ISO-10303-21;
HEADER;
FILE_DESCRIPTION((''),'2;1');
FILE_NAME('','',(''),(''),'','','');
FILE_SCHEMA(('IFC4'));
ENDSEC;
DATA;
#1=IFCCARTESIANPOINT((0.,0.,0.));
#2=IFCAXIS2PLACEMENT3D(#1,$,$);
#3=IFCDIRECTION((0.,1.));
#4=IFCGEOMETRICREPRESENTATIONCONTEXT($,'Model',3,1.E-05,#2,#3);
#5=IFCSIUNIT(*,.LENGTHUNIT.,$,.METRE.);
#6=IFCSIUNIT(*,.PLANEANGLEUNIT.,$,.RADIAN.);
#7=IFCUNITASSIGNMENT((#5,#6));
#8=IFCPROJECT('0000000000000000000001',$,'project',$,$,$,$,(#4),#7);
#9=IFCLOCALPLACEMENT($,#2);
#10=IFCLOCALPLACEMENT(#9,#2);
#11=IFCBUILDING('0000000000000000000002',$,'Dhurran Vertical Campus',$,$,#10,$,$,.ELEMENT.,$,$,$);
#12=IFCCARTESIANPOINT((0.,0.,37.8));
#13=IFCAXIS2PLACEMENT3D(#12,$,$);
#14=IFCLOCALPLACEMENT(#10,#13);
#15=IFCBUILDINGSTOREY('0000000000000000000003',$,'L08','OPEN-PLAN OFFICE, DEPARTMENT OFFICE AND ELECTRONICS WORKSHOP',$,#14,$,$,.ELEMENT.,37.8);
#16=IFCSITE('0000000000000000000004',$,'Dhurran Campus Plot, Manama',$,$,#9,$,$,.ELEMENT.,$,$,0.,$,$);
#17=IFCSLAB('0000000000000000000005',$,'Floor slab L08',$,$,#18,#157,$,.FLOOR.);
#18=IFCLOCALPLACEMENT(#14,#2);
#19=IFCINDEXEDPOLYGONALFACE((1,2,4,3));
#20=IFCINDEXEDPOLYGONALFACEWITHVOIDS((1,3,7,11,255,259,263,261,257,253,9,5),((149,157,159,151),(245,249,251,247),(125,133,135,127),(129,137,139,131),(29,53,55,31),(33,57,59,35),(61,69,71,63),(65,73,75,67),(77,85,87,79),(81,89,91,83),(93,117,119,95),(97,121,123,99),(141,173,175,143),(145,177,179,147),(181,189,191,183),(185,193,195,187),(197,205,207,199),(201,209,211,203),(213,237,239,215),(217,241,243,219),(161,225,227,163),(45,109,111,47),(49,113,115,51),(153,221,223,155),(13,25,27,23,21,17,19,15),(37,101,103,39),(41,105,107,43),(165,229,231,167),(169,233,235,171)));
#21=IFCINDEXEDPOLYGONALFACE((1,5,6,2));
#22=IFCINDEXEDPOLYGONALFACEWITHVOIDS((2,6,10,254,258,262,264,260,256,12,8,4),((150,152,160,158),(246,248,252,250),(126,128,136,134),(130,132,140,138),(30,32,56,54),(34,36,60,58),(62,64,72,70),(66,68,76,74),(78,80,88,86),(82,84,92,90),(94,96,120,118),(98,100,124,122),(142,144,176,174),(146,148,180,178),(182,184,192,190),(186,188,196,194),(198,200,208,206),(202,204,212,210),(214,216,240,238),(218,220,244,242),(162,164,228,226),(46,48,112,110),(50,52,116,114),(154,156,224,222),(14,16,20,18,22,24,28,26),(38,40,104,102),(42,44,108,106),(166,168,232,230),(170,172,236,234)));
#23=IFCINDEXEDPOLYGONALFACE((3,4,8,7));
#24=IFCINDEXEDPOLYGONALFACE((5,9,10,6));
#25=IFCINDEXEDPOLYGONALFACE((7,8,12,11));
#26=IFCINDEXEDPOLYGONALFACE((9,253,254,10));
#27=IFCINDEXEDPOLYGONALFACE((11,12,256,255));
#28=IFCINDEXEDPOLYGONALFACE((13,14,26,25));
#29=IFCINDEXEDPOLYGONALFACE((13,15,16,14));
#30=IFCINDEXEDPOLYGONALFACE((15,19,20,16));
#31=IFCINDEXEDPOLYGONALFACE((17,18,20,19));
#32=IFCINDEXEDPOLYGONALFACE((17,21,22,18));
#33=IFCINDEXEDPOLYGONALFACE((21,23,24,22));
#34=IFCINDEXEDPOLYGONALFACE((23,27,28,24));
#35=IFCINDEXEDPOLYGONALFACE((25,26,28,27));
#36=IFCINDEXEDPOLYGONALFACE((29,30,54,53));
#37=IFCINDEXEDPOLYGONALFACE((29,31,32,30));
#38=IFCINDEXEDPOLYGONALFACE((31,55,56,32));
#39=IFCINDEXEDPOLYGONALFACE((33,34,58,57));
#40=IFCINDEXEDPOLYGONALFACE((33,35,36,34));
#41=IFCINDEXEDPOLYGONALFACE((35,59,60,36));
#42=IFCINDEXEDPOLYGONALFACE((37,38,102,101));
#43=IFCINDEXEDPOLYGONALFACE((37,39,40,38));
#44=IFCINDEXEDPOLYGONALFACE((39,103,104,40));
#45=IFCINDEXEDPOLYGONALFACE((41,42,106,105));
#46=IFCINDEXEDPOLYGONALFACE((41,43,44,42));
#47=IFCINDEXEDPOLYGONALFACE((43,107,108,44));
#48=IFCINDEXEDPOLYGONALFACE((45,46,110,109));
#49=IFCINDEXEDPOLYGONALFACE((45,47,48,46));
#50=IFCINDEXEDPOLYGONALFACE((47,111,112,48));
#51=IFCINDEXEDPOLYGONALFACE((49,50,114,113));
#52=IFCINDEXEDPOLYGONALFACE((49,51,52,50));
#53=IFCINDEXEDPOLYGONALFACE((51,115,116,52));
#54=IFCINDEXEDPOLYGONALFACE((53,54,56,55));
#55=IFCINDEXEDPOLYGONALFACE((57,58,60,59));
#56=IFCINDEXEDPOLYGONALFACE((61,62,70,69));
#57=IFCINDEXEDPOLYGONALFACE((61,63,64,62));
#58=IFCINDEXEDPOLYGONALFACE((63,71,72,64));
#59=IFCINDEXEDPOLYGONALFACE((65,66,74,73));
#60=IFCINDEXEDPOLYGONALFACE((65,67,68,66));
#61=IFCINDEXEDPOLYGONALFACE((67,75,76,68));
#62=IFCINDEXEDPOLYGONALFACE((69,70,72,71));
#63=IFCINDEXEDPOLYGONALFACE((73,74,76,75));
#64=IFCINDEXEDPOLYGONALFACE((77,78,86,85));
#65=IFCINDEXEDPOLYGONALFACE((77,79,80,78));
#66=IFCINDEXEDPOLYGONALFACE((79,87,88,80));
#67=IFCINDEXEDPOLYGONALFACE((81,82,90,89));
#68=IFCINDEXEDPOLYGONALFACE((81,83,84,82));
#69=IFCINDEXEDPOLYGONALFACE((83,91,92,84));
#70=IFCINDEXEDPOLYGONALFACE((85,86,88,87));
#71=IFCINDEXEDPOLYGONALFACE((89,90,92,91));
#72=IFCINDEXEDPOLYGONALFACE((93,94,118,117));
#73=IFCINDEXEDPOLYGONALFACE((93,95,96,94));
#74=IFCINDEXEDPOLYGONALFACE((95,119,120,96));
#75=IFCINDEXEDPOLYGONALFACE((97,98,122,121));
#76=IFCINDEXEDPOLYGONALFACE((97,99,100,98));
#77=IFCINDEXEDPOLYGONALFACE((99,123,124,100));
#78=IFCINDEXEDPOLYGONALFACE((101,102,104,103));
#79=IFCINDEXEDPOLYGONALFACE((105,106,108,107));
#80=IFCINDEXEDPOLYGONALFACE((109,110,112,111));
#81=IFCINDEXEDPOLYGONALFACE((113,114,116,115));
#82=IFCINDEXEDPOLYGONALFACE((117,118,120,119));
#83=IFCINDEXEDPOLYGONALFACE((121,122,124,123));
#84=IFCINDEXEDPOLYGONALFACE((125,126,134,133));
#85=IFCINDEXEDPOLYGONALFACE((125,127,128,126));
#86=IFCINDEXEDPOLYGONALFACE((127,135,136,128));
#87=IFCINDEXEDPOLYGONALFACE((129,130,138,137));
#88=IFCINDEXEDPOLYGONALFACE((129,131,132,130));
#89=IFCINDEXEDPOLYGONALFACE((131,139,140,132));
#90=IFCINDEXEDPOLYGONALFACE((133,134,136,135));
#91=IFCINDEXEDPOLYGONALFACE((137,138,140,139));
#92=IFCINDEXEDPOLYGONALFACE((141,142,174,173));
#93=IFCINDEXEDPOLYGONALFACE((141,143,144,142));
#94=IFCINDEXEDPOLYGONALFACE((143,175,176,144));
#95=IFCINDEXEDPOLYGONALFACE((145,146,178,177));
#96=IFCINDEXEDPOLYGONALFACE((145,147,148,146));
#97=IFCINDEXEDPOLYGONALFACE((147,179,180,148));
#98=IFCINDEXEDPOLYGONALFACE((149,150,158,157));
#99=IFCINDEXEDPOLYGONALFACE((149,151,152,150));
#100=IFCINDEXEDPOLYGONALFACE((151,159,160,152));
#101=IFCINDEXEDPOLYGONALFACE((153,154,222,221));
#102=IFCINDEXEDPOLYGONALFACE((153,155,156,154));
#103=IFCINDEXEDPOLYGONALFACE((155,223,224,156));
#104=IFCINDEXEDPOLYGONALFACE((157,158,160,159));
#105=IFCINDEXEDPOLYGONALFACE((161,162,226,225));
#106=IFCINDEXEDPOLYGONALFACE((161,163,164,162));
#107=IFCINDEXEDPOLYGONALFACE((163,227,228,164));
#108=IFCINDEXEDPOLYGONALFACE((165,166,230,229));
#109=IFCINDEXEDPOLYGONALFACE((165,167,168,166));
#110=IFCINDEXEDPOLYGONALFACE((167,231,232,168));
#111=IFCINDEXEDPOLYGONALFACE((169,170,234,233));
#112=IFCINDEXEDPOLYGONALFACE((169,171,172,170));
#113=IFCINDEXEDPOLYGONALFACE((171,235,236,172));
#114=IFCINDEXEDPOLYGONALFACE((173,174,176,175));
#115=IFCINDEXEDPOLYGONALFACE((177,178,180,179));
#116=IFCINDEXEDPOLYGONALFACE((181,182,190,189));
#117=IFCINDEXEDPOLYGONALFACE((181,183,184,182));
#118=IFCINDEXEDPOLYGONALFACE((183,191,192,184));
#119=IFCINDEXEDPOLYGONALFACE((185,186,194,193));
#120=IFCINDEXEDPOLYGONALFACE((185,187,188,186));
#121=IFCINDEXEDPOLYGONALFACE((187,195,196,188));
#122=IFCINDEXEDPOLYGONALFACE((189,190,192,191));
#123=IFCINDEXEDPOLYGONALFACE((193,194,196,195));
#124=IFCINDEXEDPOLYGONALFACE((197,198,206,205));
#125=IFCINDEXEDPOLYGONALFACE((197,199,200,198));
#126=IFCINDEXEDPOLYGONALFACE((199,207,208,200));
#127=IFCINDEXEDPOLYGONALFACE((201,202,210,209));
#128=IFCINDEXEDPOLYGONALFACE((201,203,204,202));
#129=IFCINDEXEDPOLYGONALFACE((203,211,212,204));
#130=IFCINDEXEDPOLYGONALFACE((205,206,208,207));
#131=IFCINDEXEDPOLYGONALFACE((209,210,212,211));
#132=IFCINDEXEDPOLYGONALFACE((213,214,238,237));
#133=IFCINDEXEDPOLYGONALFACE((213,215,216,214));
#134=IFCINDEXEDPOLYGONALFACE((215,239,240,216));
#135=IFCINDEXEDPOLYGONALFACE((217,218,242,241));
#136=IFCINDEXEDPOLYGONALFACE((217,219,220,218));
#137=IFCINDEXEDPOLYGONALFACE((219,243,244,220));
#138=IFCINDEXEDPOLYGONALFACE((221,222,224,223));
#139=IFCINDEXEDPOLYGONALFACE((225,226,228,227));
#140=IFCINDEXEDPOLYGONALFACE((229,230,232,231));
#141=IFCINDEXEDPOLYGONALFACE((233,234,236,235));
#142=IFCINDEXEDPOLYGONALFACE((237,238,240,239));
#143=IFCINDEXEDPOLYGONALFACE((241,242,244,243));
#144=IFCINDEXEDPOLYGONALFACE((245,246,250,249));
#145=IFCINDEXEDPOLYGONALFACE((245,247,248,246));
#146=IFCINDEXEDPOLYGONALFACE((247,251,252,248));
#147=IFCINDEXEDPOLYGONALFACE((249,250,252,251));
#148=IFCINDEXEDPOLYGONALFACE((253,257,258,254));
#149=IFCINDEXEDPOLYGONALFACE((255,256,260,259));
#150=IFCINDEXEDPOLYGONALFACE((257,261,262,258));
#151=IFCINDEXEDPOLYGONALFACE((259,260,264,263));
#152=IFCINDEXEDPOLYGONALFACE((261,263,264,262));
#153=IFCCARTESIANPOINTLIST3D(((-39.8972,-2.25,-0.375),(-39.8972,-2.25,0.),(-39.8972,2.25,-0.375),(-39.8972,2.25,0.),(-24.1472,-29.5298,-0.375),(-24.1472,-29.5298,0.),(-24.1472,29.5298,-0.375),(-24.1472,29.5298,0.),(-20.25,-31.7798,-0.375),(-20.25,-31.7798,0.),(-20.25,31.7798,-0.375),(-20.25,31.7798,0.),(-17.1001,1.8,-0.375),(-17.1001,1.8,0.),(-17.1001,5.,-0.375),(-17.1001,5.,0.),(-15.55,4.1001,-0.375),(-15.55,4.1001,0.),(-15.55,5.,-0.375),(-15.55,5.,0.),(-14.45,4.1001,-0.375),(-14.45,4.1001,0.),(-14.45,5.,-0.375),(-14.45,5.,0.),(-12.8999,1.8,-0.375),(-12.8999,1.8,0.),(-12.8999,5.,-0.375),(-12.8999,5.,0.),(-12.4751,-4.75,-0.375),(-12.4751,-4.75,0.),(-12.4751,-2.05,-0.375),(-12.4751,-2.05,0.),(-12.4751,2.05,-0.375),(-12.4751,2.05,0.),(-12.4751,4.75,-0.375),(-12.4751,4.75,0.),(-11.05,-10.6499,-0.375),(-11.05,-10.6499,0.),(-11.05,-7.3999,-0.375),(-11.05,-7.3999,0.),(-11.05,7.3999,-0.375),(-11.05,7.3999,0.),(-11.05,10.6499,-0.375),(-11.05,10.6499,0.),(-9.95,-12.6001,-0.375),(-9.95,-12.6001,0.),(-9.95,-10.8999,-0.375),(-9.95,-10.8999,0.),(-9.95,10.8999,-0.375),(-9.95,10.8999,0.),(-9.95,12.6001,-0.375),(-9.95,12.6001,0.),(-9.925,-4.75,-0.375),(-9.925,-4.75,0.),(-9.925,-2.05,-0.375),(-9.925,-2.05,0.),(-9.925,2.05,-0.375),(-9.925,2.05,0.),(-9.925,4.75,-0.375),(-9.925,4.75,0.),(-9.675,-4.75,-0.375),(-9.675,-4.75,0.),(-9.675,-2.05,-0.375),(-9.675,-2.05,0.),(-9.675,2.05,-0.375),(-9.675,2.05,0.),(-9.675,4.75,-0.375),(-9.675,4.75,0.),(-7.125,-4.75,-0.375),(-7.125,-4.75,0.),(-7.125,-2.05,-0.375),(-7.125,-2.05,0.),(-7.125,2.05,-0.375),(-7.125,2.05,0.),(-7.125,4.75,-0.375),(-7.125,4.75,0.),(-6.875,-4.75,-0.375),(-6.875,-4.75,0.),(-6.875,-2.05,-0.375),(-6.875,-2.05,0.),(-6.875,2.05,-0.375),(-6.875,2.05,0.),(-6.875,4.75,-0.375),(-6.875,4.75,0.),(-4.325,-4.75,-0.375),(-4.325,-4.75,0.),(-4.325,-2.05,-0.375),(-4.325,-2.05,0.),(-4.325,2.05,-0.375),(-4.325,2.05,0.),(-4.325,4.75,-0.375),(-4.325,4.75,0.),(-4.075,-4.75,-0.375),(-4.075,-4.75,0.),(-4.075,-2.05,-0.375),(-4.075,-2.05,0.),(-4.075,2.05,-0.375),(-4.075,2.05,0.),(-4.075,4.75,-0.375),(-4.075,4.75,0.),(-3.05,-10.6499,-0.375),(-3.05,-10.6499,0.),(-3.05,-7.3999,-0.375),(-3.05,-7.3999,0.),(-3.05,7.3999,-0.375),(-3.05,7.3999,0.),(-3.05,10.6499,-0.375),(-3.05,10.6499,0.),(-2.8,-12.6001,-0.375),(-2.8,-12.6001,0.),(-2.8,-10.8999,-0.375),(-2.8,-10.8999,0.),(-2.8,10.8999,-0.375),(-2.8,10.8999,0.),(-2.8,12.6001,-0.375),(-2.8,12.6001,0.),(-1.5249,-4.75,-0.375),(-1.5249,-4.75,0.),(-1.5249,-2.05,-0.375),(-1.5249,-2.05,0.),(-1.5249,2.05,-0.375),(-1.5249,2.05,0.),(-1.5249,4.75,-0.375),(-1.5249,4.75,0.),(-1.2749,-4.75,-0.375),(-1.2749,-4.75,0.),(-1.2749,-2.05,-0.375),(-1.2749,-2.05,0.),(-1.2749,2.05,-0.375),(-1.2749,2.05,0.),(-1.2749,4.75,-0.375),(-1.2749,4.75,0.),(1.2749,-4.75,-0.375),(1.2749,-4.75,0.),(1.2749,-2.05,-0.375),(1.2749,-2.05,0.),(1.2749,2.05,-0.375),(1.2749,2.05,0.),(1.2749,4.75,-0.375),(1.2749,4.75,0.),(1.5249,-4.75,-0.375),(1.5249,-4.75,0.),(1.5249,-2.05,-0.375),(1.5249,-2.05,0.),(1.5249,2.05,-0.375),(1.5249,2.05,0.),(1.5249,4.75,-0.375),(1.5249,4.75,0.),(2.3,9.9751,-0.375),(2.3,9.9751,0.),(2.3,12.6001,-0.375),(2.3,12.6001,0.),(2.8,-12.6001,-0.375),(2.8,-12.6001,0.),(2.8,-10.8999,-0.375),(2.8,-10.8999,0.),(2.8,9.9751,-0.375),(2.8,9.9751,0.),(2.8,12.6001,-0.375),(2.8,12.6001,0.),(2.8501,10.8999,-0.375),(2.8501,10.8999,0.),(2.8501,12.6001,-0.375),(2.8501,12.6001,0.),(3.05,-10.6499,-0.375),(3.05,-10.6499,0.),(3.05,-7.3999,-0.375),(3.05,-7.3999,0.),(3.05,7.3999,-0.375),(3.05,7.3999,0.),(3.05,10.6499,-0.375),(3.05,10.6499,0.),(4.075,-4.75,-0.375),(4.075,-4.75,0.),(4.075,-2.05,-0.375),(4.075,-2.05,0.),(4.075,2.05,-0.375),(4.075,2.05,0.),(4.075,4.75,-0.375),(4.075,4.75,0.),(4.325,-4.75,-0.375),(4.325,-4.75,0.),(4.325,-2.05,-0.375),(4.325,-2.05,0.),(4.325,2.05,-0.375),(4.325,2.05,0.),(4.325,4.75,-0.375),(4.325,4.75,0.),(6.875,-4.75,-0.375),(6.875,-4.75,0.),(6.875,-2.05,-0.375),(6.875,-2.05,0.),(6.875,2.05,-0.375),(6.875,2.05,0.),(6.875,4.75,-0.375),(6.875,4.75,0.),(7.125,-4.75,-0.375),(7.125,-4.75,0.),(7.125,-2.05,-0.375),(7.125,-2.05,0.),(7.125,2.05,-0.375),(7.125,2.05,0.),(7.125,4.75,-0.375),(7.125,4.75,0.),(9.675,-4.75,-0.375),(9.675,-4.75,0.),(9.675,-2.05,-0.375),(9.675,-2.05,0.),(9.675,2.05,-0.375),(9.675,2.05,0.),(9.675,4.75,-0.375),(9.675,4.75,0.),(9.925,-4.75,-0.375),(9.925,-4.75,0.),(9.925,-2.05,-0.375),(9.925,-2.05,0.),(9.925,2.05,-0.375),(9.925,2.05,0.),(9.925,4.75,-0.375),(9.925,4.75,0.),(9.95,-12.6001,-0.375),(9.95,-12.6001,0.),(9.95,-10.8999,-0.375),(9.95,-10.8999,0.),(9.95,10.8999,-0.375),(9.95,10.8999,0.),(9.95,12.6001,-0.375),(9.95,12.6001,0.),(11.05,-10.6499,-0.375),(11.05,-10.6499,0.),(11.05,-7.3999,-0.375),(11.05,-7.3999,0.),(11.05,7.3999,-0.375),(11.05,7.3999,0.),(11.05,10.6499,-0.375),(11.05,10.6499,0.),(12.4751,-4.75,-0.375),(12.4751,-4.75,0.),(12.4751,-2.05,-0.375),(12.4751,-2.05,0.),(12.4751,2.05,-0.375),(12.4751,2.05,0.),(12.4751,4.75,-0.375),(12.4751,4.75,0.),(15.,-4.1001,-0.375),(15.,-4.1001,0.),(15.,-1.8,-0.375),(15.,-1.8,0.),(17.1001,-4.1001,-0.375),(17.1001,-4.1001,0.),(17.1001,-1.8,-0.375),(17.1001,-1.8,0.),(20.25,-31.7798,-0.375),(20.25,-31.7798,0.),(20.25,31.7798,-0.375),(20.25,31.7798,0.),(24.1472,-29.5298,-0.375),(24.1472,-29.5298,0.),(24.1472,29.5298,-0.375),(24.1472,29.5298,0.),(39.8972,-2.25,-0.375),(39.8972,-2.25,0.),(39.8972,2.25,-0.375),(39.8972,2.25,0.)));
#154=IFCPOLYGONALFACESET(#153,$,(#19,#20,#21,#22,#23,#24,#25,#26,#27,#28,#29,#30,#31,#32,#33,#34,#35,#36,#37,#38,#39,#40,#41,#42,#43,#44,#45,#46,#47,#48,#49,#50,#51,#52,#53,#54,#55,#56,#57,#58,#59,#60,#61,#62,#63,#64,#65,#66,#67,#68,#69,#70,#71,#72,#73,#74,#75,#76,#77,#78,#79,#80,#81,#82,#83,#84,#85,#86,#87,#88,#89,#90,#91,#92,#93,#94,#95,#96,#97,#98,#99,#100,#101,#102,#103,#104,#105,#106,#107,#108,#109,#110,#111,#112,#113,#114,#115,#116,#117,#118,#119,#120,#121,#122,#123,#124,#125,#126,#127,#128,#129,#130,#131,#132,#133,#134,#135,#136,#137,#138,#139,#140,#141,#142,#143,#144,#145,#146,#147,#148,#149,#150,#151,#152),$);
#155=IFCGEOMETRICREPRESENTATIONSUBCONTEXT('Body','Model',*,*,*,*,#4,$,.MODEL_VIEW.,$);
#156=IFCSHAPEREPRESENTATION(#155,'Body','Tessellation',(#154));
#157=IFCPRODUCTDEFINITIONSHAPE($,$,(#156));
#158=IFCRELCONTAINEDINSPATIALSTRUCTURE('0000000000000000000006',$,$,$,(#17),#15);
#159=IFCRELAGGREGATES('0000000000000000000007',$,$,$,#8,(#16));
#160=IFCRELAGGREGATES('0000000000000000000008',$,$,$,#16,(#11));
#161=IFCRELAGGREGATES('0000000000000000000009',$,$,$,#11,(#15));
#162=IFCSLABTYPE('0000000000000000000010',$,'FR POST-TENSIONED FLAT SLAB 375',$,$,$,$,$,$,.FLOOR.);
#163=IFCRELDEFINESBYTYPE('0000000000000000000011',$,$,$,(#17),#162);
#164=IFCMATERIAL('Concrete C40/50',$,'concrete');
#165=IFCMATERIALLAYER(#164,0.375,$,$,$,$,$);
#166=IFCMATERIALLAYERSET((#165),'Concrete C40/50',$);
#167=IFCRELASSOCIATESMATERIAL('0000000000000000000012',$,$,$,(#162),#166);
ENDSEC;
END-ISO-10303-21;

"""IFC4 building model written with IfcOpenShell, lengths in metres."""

from ifc_helpers import new_model, si_unit, direction, frame, origin, place, context, subcontext, project, spatial, polyline, outline, extrude, material, layer, layer_set, type_object, element, save


model = new_model("IFC4")

# Units and contexts
model_context = context("Model", 3, precision=1e-05, world=origin(), true_north=direction((0.0, 1.0)))
body_context = subcontext(model_context, "Body", "Model", "MODEL_VIEW")
ifc_project = project(units=[si_unit("LENGTHUNIT", "METRE"), si_unit("PLANEANGLEUNIT", "RADIAN")], contexts=[model_context])

# Site, building, storey
site_placement = place(None, origin())
site = spatial("IfcSite", under=ifc_project, at=site_placement, Name="Dhurran Campus Plot, Manama", CompositionType="ELEMENT", RefElevation=0.0)
building_placement = place(site_placement, origin())
building = spatial("IfcBuilding", under=site, at=building_placement, Name="Dhurran Vertical Campus", CompositionType="ELEMENT")
storey_placement = place(building_placement, frame((0.0, 0.0, 37.8)))
storey = spatial("IfcBuildingStorey", under=building, at=storey_placement, Name="L08", Description="OPEN-PLAN OFFICE, DEPARTMENT OFFICE AND ELECTRONICS WORKSHOP", CompositionType="ELEMENT", Elevation=37.8)

# Slab
ifc_material_1 = material(Name="Concrete C40/50", Category="concrete")
ifc_layer_1 = layer(ifc_material_1, 0.375)
ifc_layer_set_1 = layer_set([ifc_layer_1], Name="Concrete C40/50")
slab_type = type_object("IfcSlabType", Name="FR POST-TENSIONED FLAT SLAB 375", PredefinedType="FLOOR", material=ifc_layer_set_1)
slab_placement = place(storey_placement, frame((0.0, 0.0, -0.375)))
element("IfcSlab", 1, at=slab_placement, inside=storey, type_object=slab_type, Name="Floor slab L08", PredefinedType="FLOOR", context=body_context, shape_type="SweptSolid", body=[
    extrude(outline(polyline([(-20.25, -31.7798), (20.25, -31.7798), (24.1472, -29.5298), (39.8972, -2.25), (39.8972, 2.25), (24.1472, 29.5298), (20.25, 31.7798), (-20.25, 31.7798), (-24.1472, 29.5298), (-39.8972, 2.25), (-39.8972, -2.25), (-24.1472, -29.5298), (-20.25, -31.7798)]), holes=[polyline([(-12.4751, 2.05), (-9.925, 2.05), (-9.925, 4.75), (-12.4751, 4.75), (-12.4751, 2.05)]), polyline([(-9.675, 2.05), (-7.125, 2.05), (-7.125, 4.75), (-9.675, 4.75), (-9.675, 2.05)]), polyline([(-6.875, 2.05), (-4.325, 2.05), (-4.325, 4.75), (-6.875, 4.75), (-6.875, 2.05)]), polyline([(-1.2749, 2.05), (1.2749, 2.05), (1.2749, 4.75), (-1.2749, 4.75), (-1.2749, 2.05)]), polyline([(9.925, 2.05), (12.4751, 2.05), (12.4751, 4.75), (9.925, 4.75), (9.925, 2.05)]), polyline([(-1.2749, -4.75), (1.2749, -4.75), (1.2749, -2.05), (-1.2749, -2.05), (-1.2749, -4.75)]), polyline([(1.5249, -4.75), (4.075, -4.75), (4.075, -2.05), (1.5249, -2.05), (1.5249, -4.75)]), polyline([(4.325, -4.75), (6.875, -4.75), (6.875, -2.05), (4.325, -2.05), (4.325, -4.75)]), polyline([(7.125, -4.75), (9.675, -4.75), (9.675, -2.05), (7.125, -2.05), (7.125, -4.75)]), polyline([(9.925, -4.75), (12.4751, -4.75), (12.4751, -2.05), (9.925, -2.05), (9.925, -4.75)]), polyline([(-4.075, 2.05), (-1.5249, 2.05), (-1.5249, 4.75), (-4.075, 4.75), (-4.075, 2.05)]), polyline([(1.5249, 2.05), (4.075, 2.05), (4.075, 4.75), (1.5249, 4.75), (1.5249, 2.05)]), polyline([(4.325, 2.05), (6.875, 2.05), (6.875, 4.75), (4.325, 4.75), (4.325, 2.05)]), polyline([(7.125, 2.05), (9.675, 2.05), (9.675, 4.75), (7.125, 4.75), (7.125, 2.05)]), polyline([(-12.4751, -4.75), (-9.925, -4.75), (-9.925, -2.05), (-12.4751, -2.05), (-12.4751, -4.75)]), polyline([(-9.675, -4.75), (-7.125, -4.75), (-7.125, -2.05), (-9.675, -2.05), (-9.675, -4.75)]), polyline([(-6.875, -4.75), (-4.325, -4.75), (-4.325, -2.05), (-6.875, -2.05), (-6.875, -4.75)]), polyline([(-4.075, -4.75), (-1.5249, -4.75), (-1.5249, -2.05), (-4.075, -2.05), (-4.075, -4.75)]), polyline([(-11.05, 7.3999), (-3.05, 7.3999), (-3.05, 10.6499), (-11.05, 10.6499), (-11.05, 7.3999)]), polyline([(3.05, 7.3999), (11.05, 7.3999), (11.05, 10.6499), (3.05, 10.6499), (3.05, 7.3999)]), polyline([(-11.05, -10.6499), (-3.05, -10.6499), (-3.05, -7.3999), (-11.05, -7.3999), (-11.05, -10.6499)]), polyline([(3.05, -10.6499), (11.05, -10.6499), (11.05, -7.3999), (3.05, -7.3999), (3.05, -10.6499)]), polyline([(2.3, 9.9751), (2.3, 12.6001), (2.8, 12.6001), (2.8, 9.9751), (2.3, 9.9751)]), polyline([(-9.95, 10.8999), (-9.95, 12.6001), (-2.8, 12.6001), (-2.8, 10.8999), (-9.95, 10.8999)]), polyline([(9.95, 12.6001), (9.95, 10.8999), (2.8501, 10.8999), (2.8501, 12.6001), (9.95, 12.6001)]), polyline([(-9.95, -12.6001), (-9.95, -10.8999), (-2.8, -10.8999), (-2.8, -12.6001), (-9.95, -12.6001)]), polyline([(9.95, -10.8999), (9.95, -12.6001), (2.8, -12.6001), (2.8, -10.8999), (9.95, -10.8999)]), polyline([(17.1001, -4.1001), (15.0, -4.1001), (15.0, -1.8), (17.1001, -1.8), (17.1001, -4.1001)]), polyline([(-17.1001, 1.8), (-17.1001, 5.0), (-15.55, 5.0), (-15.55, 4.1001), (-14.45, 4.1001), (-14.45, 5.0), (-12.8999, 5.0), (-12.8999, 1.8), (-17.1001, 1.8)])]), origin(), (0.0, 0.0, 1.0), 0.375),
])

save(model, "model.ifc")
